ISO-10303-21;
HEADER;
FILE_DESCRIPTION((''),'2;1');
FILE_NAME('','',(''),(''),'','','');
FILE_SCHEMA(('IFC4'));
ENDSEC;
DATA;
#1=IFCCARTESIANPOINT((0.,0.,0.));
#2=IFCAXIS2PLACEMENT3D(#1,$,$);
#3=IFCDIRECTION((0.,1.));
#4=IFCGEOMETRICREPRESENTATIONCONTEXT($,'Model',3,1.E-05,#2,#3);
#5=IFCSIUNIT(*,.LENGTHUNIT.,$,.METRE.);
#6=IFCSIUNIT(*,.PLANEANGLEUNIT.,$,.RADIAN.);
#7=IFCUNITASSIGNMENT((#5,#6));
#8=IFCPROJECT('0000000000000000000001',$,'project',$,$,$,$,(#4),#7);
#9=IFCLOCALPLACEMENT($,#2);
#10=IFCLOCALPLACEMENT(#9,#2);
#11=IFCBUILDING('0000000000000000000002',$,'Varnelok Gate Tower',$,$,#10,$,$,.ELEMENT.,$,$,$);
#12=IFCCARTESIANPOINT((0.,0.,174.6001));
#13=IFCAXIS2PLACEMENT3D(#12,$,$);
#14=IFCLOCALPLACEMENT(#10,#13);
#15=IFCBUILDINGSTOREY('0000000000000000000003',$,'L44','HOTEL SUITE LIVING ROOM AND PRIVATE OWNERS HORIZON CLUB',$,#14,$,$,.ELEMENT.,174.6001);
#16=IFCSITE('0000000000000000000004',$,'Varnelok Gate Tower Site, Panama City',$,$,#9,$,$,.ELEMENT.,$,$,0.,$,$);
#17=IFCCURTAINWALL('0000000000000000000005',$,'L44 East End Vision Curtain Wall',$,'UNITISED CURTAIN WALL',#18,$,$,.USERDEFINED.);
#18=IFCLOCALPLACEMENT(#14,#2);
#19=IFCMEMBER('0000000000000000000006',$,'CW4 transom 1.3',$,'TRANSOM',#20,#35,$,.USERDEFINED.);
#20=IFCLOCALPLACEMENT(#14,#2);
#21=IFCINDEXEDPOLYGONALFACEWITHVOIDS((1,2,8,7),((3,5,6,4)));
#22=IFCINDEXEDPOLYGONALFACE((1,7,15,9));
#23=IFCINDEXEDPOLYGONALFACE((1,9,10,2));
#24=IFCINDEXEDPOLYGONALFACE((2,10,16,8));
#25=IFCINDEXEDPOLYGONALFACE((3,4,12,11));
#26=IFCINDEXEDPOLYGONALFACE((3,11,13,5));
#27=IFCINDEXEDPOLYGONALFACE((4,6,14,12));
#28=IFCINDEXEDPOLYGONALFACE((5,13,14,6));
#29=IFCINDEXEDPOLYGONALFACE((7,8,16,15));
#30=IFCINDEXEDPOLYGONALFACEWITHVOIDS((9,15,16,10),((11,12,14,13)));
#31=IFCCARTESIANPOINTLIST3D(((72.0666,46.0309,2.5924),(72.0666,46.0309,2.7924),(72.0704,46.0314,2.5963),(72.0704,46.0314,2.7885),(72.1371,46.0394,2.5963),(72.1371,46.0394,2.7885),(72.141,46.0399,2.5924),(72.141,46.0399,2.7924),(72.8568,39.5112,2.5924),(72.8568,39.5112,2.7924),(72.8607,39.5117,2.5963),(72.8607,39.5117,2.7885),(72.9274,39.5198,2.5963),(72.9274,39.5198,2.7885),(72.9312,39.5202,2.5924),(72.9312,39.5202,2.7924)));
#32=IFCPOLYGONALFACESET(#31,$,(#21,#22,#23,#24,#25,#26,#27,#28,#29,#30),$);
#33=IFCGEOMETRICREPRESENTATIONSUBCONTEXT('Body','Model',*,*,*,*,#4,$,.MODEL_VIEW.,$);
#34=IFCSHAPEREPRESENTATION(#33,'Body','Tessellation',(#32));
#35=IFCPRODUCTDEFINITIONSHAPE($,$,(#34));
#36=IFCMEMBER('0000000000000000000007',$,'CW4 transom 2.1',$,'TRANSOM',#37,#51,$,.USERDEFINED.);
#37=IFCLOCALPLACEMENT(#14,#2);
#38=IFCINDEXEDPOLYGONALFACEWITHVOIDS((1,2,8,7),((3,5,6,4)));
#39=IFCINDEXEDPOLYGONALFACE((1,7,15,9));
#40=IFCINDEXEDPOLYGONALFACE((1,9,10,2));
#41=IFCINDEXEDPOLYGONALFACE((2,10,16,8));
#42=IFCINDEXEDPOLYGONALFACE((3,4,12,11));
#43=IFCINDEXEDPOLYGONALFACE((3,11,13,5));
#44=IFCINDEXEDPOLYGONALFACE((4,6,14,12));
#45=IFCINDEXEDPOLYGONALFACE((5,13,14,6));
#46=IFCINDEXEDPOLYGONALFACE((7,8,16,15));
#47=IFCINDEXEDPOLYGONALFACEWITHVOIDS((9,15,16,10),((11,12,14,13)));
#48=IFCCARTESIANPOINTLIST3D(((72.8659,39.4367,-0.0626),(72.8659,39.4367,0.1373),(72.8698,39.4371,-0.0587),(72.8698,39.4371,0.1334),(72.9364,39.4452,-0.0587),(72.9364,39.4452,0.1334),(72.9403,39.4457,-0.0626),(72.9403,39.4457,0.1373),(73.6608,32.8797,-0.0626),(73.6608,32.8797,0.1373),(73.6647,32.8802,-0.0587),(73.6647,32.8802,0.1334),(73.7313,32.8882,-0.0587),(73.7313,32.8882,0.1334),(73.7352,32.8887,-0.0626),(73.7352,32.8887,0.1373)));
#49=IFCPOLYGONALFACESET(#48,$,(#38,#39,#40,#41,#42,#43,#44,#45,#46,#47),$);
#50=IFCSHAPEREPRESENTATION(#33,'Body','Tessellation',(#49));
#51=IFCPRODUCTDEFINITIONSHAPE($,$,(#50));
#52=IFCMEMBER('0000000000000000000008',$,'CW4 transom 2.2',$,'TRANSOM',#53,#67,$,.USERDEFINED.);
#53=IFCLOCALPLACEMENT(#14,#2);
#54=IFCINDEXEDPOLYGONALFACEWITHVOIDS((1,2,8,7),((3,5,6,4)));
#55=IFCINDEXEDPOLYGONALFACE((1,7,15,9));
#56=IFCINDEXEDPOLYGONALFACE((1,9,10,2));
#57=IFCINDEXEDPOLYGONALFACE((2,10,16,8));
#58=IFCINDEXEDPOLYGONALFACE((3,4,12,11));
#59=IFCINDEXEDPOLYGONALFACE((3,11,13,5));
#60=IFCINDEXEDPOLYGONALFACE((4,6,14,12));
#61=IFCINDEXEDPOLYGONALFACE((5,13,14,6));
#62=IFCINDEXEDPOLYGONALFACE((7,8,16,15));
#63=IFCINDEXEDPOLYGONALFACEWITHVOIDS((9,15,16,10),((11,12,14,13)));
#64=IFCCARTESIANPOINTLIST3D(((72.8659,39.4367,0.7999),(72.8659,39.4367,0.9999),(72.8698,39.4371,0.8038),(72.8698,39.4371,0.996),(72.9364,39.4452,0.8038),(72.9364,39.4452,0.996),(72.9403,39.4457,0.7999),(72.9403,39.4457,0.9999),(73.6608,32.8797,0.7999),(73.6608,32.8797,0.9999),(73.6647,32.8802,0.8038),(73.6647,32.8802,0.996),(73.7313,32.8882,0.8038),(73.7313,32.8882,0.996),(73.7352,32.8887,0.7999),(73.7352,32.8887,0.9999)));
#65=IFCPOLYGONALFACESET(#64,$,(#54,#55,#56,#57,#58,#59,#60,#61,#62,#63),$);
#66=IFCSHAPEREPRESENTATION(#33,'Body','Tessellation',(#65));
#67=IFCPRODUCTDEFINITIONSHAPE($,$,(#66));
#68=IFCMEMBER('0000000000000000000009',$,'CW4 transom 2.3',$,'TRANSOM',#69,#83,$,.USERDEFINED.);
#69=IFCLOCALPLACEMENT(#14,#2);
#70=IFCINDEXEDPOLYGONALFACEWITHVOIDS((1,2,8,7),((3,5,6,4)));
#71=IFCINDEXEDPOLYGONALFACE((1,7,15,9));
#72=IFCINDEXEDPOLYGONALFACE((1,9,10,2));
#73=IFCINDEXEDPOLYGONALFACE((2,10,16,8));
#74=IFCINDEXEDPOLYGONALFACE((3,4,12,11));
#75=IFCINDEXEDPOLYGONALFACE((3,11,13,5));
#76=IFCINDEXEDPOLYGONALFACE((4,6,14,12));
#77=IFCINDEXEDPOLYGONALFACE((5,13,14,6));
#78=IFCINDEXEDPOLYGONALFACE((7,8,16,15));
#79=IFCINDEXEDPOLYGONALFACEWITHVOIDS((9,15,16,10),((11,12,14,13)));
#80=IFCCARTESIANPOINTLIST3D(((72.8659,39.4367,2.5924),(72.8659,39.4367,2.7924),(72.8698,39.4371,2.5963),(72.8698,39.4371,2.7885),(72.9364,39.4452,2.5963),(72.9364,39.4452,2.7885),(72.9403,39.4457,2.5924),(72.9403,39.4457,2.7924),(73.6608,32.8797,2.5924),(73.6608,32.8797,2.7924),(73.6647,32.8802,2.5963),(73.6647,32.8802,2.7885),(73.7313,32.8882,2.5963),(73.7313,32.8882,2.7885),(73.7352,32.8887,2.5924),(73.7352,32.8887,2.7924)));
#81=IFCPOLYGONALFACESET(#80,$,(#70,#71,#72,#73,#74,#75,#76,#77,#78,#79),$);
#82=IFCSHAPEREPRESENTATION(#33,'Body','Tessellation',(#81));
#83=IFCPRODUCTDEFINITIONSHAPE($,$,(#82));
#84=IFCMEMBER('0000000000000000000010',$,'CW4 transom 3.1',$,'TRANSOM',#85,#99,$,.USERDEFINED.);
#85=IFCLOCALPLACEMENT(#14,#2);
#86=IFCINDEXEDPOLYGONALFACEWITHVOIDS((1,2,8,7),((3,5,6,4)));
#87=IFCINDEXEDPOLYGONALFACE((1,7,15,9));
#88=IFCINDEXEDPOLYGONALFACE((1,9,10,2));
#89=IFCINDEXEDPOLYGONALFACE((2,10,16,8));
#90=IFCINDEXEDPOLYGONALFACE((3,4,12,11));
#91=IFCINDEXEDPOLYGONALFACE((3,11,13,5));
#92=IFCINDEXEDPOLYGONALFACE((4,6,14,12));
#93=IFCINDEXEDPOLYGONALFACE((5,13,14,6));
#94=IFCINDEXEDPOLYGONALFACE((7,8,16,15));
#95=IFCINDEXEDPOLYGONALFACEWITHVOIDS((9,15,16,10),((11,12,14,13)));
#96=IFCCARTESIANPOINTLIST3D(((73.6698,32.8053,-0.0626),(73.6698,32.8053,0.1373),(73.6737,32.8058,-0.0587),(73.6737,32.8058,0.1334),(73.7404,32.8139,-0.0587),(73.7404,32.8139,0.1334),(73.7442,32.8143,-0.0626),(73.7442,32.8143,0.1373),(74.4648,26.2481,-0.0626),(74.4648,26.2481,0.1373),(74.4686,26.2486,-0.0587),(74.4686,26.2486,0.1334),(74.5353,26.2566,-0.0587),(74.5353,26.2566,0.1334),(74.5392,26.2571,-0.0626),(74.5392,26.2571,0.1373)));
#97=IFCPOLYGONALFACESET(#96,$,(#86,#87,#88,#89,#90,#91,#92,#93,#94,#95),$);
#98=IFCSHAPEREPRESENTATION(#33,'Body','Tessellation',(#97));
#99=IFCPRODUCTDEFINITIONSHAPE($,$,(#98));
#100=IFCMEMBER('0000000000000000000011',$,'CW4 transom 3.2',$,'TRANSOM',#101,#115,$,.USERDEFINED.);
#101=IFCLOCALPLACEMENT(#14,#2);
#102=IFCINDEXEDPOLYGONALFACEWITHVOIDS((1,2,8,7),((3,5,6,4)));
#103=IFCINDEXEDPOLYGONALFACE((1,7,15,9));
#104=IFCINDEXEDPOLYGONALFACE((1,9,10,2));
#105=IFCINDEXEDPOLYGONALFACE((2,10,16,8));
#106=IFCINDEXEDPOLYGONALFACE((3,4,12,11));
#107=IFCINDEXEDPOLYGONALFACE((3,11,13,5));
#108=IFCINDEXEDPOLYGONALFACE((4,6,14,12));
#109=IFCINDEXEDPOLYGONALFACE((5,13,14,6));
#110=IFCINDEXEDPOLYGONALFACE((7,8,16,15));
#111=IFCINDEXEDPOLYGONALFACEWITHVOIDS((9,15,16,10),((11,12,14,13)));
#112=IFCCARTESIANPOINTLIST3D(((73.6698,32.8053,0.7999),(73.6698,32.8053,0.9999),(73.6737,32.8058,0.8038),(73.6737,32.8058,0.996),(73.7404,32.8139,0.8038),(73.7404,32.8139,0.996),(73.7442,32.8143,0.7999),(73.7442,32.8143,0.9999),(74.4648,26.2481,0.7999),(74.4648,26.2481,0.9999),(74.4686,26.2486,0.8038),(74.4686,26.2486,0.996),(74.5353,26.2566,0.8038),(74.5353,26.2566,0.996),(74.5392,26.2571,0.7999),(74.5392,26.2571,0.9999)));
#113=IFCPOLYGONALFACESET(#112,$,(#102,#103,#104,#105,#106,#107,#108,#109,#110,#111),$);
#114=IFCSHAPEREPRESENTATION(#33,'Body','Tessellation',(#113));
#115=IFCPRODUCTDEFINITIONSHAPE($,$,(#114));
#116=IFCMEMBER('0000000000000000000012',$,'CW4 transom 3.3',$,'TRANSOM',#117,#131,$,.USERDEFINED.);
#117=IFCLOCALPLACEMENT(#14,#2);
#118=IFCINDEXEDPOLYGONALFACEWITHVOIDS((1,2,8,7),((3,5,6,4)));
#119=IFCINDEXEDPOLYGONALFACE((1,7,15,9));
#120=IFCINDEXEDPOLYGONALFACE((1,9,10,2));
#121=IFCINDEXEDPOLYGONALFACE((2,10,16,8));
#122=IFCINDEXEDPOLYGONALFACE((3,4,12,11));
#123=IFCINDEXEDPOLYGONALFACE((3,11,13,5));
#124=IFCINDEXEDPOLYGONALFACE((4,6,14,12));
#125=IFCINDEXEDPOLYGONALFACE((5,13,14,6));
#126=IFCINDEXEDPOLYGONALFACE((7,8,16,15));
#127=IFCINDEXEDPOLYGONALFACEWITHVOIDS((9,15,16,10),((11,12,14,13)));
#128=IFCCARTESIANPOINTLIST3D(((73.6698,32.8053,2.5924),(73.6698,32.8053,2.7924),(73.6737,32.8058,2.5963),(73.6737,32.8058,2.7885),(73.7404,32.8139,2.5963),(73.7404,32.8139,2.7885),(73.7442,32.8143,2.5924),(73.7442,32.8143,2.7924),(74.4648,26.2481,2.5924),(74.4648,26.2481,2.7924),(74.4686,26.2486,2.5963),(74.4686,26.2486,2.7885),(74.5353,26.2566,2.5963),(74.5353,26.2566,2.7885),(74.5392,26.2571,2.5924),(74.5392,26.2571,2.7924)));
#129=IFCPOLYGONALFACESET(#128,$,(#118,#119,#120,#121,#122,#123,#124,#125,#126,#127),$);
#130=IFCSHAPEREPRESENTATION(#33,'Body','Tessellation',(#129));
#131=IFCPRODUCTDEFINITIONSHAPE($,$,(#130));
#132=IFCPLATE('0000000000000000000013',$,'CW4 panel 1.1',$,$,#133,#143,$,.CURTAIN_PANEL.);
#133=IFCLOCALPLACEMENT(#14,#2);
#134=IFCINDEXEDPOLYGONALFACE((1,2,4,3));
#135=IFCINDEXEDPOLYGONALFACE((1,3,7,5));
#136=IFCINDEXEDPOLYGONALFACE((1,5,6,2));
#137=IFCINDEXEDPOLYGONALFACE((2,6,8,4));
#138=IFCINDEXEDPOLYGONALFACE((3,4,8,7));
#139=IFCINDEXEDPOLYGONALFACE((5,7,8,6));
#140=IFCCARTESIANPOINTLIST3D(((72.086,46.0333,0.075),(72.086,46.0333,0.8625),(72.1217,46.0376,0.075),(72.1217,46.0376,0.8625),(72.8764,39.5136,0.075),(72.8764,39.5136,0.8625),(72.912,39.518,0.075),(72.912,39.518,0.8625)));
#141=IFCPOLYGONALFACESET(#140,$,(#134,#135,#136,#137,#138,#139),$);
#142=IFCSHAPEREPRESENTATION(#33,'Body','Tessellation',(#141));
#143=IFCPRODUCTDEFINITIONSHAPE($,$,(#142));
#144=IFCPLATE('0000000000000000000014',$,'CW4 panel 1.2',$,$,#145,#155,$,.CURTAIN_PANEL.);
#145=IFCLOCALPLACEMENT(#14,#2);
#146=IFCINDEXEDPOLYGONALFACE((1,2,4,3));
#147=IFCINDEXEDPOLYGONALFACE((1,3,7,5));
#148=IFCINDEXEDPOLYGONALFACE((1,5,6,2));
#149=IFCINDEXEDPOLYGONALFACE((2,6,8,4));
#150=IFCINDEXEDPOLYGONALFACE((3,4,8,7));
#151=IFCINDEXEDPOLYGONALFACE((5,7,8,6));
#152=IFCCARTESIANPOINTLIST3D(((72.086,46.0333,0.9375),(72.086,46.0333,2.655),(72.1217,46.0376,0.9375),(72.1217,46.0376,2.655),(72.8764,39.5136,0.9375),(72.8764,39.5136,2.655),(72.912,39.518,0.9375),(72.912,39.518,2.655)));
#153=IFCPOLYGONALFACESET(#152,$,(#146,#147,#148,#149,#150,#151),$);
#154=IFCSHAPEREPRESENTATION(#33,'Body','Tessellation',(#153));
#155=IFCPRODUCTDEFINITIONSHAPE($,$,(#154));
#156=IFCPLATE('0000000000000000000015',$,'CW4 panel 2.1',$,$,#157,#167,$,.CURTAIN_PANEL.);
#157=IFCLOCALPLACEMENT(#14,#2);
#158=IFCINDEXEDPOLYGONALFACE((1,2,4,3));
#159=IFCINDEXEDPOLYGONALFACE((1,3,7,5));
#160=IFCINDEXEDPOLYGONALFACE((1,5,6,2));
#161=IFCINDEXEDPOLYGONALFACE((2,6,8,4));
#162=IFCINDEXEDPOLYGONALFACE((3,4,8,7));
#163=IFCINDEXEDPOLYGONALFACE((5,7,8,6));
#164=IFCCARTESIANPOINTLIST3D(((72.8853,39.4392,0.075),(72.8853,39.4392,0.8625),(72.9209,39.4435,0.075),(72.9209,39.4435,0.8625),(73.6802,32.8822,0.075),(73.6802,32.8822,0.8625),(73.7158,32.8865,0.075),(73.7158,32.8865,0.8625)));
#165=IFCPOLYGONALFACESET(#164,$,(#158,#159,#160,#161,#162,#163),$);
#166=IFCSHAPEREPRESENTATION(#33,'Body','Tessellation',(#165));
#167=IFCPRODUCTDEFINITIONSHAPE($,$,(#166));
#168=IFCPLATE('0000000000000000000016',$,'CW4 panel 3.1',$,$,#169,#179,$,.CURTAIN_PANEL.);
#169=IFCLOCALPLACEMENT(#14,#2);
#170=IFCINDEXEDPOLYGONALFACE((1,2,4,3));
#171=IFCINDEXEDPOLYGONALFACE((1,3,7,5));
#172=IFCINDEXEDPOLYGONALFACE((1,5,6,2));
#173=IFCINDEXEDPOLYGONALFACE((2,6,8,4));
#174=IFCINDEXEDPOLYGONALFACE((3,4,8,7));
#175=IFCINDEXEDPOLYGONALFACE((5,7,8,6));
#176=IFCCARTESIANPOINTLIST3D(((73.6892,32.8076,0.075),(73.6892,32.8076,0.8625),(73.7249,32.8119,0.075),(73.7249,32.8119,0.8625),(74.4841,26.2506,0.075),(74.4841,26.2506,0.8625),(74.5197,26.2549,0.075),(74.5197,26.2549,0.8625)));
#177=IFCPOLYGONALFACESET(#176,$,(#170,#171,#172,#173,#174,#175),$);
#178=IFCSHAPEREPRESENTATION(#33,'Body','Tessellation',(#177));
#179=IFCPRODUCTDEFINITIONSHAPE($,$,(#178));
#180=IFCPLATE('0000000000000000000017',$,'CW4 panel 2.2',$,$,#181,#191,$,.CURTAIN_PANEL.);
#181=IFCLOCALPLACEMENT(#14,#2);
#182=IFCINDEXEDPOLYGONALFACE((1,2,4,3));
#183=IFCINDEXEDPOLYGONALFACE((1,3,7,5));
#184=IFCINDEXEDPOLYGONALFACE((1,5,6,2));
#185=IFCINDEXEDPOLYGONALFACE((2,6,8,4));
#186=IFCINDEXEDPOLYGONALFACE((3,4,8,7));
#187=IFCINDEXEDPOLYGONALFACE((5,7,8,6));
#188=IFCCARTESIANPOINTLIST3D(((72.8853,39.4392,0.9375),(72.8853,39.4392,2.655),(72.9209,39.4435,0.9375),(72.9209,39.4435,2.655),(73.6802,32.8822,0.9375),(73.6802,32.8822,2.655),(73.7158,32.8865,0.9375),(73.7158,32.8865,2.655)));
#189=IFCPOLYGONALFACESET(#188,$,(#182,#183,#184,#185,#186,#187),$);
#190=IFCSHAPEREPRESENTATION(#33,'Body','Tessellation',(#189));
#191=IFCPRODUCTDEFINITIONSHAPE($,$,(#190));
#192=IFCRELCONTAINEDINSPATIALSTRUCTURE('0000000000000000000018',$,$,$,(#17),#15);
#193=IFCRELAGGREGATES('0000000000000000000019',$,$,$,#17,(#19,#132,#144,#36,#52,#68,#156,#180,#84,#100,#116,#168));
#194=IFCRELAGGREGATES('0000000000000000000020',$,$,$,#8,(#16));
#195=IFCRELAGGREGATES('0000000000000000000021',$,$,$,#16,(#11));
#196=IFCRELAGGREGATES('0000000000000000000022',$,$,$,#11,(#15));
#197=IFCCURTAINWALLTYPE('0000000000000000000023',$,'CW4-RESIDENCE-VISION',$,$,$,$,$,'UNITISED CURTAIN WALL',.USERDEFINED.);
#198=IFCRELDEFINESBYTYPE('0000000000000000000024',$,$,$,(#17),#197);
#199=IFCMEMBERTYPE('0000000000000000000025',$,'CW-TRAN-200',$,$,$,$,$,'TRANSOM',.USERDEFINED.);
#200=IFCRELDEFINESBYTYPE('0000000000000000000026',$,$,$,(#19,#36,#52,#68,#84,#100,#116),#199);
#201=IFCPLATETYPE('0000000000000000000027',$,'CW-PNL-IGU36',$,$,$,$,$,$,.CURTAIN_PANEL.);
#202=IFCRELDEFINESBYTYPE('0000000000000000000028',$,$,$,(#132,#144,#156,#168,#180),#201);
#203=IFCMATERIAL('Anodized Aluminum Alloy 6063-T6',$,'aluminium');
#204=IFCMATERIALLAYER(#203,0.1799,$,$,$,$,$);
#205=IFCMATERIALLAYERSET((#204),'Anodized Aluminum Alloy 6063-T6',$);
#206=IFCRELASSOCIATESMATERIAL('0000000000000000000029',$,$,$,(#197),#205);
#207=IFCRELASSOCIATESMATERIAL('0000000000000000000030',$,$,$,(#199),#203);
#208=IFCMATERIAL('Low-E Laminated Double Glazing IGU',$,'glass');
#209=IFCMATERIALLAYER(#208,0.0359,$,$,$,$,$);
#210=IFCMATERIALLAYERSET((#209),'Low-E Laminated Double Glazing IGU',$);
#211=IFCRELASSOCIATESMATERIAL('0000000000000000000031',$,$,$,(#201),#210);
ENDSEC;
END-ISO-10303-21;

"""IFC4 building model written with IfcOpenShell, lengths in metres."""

from ifc_helpers import new_model, si_unit, direction, frame, origin, origin_2d, place, context, subcontext, project, spatial, rectangle, hollow_rectangle, extrude, source, transform, mapped, material, layer, layer_set, material_profile, profile_set, type_object, element, aggregate, save


model = new_model("IFC4")

# Units and contexts
model_context = context("Model", 3, precision=1e-05, world=origin(), true_north=direction((0.0, 1.0)))
body_context = subcontext(model_context, "Body", "Model", "MODEL_VIEW")
ifc_project = project(units=[si_unit("LENGTHUNIT", "METRE"), si_unit("PLANEANGLEUNIT", "RADIAN")], contexts=[model_context])

# Site, building, storey
site_placement = place(None, origin())
site = spatial("IfcSite", under=ifc_project, at=site_placement, Name="Varnelok Gate Tower Site, Panama City", CompositionType="ELEMENT", RefElevation=0.0)
building_placement = place(site_placement, origin())
building = spatial("IfcBuilding", under=site, at=building_placement, Name="Varnelok Gate Tower", CompositionType="ELEMENT")
storey_placement = place(building_placement, frame((0.0, 0.0, 174.6001)))
storey = spatial("IfcBuildingStorey", under=building, at=storey_placement, Name="L44", Description="HOTEL SUITE LIVING ROOM AND PRIVATE OWNERS HORIZON CLUB", CompositionType="ELEMENT", Elevation=174.6001)

# Curtain wall, members, plates
ifc_material_1 = material(Name="Anodized Aluminum Alloy 6063-T6", Category="aluminium")
ifc_layer_1 = layer(ifc_material_1, 0.1799)
ifc_layer_set_1 = layer_set([ifc_layer_1], Name="Anodized Aluminum Alloy 6063-T6")
curtain_wall_type = type_object("IfcCurtainWallType", Name="CW4-RESIDENCE-VISION", ElementType="UNITISED CURTAIN WALL", PredefinedType="USERDEFINED", material=ifc_layer_set_1)
curtain_wall_placement = place(storey_placement, origin())
curtain_wall = element("IfcCurtainWall", 1, at=curtain_wall_placement, inside=storey, type_object=curtain_wall_type, Name="L44 East End Vision Curtain Wall", ObjectType="UNITISED CURTAIN WALL", PredefinedType="USERDEFINED")
ifc_material_profile_1 = material_profile(ifc_material_1, hollow_rectangle(XDim=0.075, YDim=0.2, WallThickness=0.0039, at=origin_2d()), Name="ALU200X75X4")
ifc_profile_set_1 = profile_set([ifc_material_profile_1], Name="Anodized Aluminum Alloy 6063-T6")
member_type_1 = type_object("IfcMemberType", Name="CW-TRAN-200", ElementType="TRANSOM", PredefinedType="USERDEFINED", material=ifc_profile_set_1)
member_1_placement = place(storey_placement, frame((72.1038, 46.0354, 2.6924), z_axis=(0.120332, -0.992734, 0.0), x_axis=(0.992734, 0.120332, 0.0)))
member_1 = element("IfcMember", 2, at=member_1_placement, type_object=member_type_1, Name="CW4 transom 1.3", ObjectType="TRANSOM", PredefinedType="USERDEFINED", context=body_context, shape_type="SweptSolid", body=[
    extrude(hollow_rectangle(XDim=0.075, YDim=0.2, WallThickness=0.0039, at=origin_2d()), origin(), (0.0, 0.0, 1.0), 6.5674),
])
member_2_placement = place(storey_placement, frame((72.9031, 39.4412, 0.0374), z_axis=(0.120353, -0.992731, 0.0), x_axis=(0.992731, 0.120353, 0.0)))
member_2 = element("IfcMember", 3, at=member_2_placement, type_object=member_type_1, Name="CW4 transom 2.1", ObjectType="TRANSOM", PredefinedType="USERDEFINED", context=body_context, shape_type="SweptSolid", body=[
    extrude(hollow_rectangle(XDim=0.075, YDim=0.2, WallThickness=0.0039, at=origin_2d()), origin(), (0.0, 0.0, 1.0), 6.605),
])
member_3_placement = place(storey_placement, frame((72.9031, 39.4412, 0.8999), z_axis=(0.120353, -0.992731, 0.0), x_axis=(0.992731, 0.120353, 0.0)))
member_3 = element("IfcMember", 4, at=member_3_placement, type_object=member_type_1, Name="CW4 transom 2.2", ObjectType="TRANSOM", PredefinedType="USERDEFINED", context=body_context, shape_type="SweptSolid", body=[
    extrude(hollow_rectangle(XDim=0.075, YDim=0.2, WallThickness=0.0039, at=origin_2d()), origin(), (0.0, 0.0, 1.0), 6.605),
])
member_4_placement = place(storey_placement, frame((72.9031, 39.4412, 2.6924), z_axis=(0.120353, -0.992731, 0.0), x_axis=(0.992731, 0.120353, 0.0)))
member_4 = element("IfcMember", 5, at=member_4_placement, type_object=member_type_1, Name="CW4 transom 2.3", ObjectType="TRANSOM", PredefinedType="USERDEFINED", context=body_context, shape_type="SweptSolid", body=[
    extrude(hollow_rectangle(XDim=0.075, YDim=0.2, WallThickness=0.0039, at=origin_2d()), origin(), (0.0, 0.0, 1.0), 6.605),
])
member_5_placement = place(storey_placement, frame((73.707, 32.8098, 0.0374), z_axis=(0.120349, -0.992732, 0.0), x_axis=(0.992732, 0.120349, 0.0)))
member_5 = element("IfcMember", 6, at=member_5_placement, type_object=member_type_1, Name="CW4 transom 3.1", ObjectType="TRANSOM", PredefinedType="USERDEFINED", context=body_context, shape_type="SweptSolid", body=[
    extrude(hollow_rectangle(XDim=0.075, YDim=0.2, WallThickness=0.0039, at=origin_2d()), origin(), (0.0, 0.0, 1.0), 6.6052),
])
member_6_placement = place(storey_placement, frame((73.707, 32.8098, 0.8999), z_axis=(0.120349, -0.992732, 0.0), x_axis=(0.992732, 0.120349, 0.0)))
member_6 = element("IfcMember", 7, at=member_6_placement, type_object=member_type_1, Name="CW4 transom 3.2", ObjectType="TRANSOM", PredefinedType="USERDEFINED", context=body_context, shape_type="SweptSolid", body=[
    extrude(hollow_rectangle(XDim=0.075, YDim=0.2, WallThickness=0.0039, at=origin_2d()), origin(), (0.0, 0.0, 1.0), 6.6052),
])
member_7_placement = place(storey_placement, frame((73.707, 32.8098, 2.6924), z_axis=(0.120349, -0.992732, 0.0), x_axis=(0.992732, 0.120349, 0.0)))
member_7 = element("IfcMember", 8, at=member_7_placement, type_object=member_type_1, Name="CW4 transom 3.3", ObjectType="TRANSOM", PredefinedType="USERDEFINED", context=body_context, shape_type="SweptSolid", body=[
    extrude(hollow_rectangle(XDim=0.075, YDim=0.2, WallThickness=0.0039, at=origin_2d()), origin(), (0.0, 0.0, 1.0), 6.6052),
])
ifc_material_2 = material(Name="Low-E Laminated Double Glazing IGU", Category="glass")
ifc_layer_2 = layer(ifc_material_2, 0.0359)
ifc_layer_set_2 = layer_set([ifc_layer_2], Name="Low-E Laminated Double Glazing IGU")
plate_type = type_object("IfcPlateType", Name="CW-PNL-IGU36", PredefinedType="CURTAIN_PANEL", material=ifc_layer_set_2)
shared_shape_1 = source(origin(), body_context, "Body", "SweptSolid", [
    extrude(rectangle(XDim=6.5674, YDim=0.0359, at=origin_2d()), origin(), (0.0, 0.0, 1.0), 0.7876),
])
plate_1_placement = place(storey_placement, frame((72.499, 42.7756, 0.075), z_axis=(0.0, 0.0, 1.0), x_axis=(0.120345, -0.992732, 0.0)))
plate_1 = element("IfcPlate", 9, at=plate_1_placement, type_object=plate_type, Name="CW4 panel 1.1", PredefinedType="CURTAIN_PANEL", context=body_context, shape_type="MappedRepresentation", body=[
    mapped(shared_shape_1, transform((0.0, 0.0, 0.0), scale=1.0)),
])
shared_shape_2 = source(origin(), body_context, "Body", "SweptSolid", [
    extrude(rectangle(XDim=6.5674, YDim=0.0359, at=origin_2d()), origin(), (0.0, 0.0, 1.0), 1.7175),
])
plate_2_placement = place(storey_placement, frame((72.499, 42.7756, 0.9375), z_axis=(0.0, 0.0, 1.0), x_axis=(0.120345, -0.992732, 0.0)))
plate_2 = element("IfcPlate", 10, at=plate_2_placement, type_object=plate_type, Name="CW4 panel 1.2", PredefinedType="CURTAIN_PANEL", context=body_context, shape_type="MappedRepresentation", body=[
    mapped(shared_shape_2, transform((0.0, 0.0, 0.0), scale=1.0)),
])
shared_shape_3 = source(origin(), body_context, "Body", "SweptSolid", [
    extrude(rectangle(XDim=6.605, YDim=0.0359, at=origin_2d()), origin(), (0.0, 0.0, 1.0), 0.7876),
])
plate_3_placement = place(storey_placement, frame((73.3005, 36.1628, 0.075), z_axis=(0.0, 0.0, 1.0), x_axis=(0.120345, -0.992732, 0.0)))
plate_3 = element("IfcPlate", 11, at=plate_3_placement, type_object=plate_type, Name="CW4 panel 2.1", PredefinedType="CURTAIN_PANEL", context=body_context, shape_type="MappedRepresentation", body=[
    mapped(shared_shape_3, transform((0.0, 0.0, 0.0), scale=1.0)),
])
plate_4_placement = place(storey_placement, frame((74.1045, 29.5312, 0.075), z_axis=(0.0, 0.0, 1.0), x_axis=(0.120345, -0.992732, 0.0)))
plate_4 = element("IfcPlate", 12, at=plate_4_placement, type_object=plate_type, Name="CW4 panel 3.1", PredefinedType="CURTAIN_PANEL", context=body_context, shape_type="MappedRepresentation", body=[
    mapped(shared_shape_3, transform((0.0, 0.0, 0.0), scale=1.0)),
])
shared_shape_4 = source(origin(), body_context, "Body", "SweptSolid", [
    extrude(rectangle(XDim=6.605, YDim=0.0359, at=origin_2d()), origin(), (0.0, 0.0, 1.0), 1.7175),
])
plate_5_placement = place(storey_placement, frame((73.3005, 36.1628, 0.9375), z_axis=(0.0, 0.0, 1.0), x_axis=(0.120345, -0.992732, 0.0)))
plate_5 = element("IfcPlate", 13, at=plate_5_placement, type_object=plate_type, Name="CW4 panel 2.2", PredefinedType="CURTAIN_PANEL", context=body_context, shape_type="MappedRepresentation", body=[
    mapped(shared_shape_4, transform((0.0, 0.0, 0.0), scale=1.0)),
])
aggregate(curtain_wall, [member_1, plate_1, plate_2, member_2, member_3, member_4, plate_3, plate_5, member_5, member_6, member_7, plate_4])

save(model, "model.ifc")
